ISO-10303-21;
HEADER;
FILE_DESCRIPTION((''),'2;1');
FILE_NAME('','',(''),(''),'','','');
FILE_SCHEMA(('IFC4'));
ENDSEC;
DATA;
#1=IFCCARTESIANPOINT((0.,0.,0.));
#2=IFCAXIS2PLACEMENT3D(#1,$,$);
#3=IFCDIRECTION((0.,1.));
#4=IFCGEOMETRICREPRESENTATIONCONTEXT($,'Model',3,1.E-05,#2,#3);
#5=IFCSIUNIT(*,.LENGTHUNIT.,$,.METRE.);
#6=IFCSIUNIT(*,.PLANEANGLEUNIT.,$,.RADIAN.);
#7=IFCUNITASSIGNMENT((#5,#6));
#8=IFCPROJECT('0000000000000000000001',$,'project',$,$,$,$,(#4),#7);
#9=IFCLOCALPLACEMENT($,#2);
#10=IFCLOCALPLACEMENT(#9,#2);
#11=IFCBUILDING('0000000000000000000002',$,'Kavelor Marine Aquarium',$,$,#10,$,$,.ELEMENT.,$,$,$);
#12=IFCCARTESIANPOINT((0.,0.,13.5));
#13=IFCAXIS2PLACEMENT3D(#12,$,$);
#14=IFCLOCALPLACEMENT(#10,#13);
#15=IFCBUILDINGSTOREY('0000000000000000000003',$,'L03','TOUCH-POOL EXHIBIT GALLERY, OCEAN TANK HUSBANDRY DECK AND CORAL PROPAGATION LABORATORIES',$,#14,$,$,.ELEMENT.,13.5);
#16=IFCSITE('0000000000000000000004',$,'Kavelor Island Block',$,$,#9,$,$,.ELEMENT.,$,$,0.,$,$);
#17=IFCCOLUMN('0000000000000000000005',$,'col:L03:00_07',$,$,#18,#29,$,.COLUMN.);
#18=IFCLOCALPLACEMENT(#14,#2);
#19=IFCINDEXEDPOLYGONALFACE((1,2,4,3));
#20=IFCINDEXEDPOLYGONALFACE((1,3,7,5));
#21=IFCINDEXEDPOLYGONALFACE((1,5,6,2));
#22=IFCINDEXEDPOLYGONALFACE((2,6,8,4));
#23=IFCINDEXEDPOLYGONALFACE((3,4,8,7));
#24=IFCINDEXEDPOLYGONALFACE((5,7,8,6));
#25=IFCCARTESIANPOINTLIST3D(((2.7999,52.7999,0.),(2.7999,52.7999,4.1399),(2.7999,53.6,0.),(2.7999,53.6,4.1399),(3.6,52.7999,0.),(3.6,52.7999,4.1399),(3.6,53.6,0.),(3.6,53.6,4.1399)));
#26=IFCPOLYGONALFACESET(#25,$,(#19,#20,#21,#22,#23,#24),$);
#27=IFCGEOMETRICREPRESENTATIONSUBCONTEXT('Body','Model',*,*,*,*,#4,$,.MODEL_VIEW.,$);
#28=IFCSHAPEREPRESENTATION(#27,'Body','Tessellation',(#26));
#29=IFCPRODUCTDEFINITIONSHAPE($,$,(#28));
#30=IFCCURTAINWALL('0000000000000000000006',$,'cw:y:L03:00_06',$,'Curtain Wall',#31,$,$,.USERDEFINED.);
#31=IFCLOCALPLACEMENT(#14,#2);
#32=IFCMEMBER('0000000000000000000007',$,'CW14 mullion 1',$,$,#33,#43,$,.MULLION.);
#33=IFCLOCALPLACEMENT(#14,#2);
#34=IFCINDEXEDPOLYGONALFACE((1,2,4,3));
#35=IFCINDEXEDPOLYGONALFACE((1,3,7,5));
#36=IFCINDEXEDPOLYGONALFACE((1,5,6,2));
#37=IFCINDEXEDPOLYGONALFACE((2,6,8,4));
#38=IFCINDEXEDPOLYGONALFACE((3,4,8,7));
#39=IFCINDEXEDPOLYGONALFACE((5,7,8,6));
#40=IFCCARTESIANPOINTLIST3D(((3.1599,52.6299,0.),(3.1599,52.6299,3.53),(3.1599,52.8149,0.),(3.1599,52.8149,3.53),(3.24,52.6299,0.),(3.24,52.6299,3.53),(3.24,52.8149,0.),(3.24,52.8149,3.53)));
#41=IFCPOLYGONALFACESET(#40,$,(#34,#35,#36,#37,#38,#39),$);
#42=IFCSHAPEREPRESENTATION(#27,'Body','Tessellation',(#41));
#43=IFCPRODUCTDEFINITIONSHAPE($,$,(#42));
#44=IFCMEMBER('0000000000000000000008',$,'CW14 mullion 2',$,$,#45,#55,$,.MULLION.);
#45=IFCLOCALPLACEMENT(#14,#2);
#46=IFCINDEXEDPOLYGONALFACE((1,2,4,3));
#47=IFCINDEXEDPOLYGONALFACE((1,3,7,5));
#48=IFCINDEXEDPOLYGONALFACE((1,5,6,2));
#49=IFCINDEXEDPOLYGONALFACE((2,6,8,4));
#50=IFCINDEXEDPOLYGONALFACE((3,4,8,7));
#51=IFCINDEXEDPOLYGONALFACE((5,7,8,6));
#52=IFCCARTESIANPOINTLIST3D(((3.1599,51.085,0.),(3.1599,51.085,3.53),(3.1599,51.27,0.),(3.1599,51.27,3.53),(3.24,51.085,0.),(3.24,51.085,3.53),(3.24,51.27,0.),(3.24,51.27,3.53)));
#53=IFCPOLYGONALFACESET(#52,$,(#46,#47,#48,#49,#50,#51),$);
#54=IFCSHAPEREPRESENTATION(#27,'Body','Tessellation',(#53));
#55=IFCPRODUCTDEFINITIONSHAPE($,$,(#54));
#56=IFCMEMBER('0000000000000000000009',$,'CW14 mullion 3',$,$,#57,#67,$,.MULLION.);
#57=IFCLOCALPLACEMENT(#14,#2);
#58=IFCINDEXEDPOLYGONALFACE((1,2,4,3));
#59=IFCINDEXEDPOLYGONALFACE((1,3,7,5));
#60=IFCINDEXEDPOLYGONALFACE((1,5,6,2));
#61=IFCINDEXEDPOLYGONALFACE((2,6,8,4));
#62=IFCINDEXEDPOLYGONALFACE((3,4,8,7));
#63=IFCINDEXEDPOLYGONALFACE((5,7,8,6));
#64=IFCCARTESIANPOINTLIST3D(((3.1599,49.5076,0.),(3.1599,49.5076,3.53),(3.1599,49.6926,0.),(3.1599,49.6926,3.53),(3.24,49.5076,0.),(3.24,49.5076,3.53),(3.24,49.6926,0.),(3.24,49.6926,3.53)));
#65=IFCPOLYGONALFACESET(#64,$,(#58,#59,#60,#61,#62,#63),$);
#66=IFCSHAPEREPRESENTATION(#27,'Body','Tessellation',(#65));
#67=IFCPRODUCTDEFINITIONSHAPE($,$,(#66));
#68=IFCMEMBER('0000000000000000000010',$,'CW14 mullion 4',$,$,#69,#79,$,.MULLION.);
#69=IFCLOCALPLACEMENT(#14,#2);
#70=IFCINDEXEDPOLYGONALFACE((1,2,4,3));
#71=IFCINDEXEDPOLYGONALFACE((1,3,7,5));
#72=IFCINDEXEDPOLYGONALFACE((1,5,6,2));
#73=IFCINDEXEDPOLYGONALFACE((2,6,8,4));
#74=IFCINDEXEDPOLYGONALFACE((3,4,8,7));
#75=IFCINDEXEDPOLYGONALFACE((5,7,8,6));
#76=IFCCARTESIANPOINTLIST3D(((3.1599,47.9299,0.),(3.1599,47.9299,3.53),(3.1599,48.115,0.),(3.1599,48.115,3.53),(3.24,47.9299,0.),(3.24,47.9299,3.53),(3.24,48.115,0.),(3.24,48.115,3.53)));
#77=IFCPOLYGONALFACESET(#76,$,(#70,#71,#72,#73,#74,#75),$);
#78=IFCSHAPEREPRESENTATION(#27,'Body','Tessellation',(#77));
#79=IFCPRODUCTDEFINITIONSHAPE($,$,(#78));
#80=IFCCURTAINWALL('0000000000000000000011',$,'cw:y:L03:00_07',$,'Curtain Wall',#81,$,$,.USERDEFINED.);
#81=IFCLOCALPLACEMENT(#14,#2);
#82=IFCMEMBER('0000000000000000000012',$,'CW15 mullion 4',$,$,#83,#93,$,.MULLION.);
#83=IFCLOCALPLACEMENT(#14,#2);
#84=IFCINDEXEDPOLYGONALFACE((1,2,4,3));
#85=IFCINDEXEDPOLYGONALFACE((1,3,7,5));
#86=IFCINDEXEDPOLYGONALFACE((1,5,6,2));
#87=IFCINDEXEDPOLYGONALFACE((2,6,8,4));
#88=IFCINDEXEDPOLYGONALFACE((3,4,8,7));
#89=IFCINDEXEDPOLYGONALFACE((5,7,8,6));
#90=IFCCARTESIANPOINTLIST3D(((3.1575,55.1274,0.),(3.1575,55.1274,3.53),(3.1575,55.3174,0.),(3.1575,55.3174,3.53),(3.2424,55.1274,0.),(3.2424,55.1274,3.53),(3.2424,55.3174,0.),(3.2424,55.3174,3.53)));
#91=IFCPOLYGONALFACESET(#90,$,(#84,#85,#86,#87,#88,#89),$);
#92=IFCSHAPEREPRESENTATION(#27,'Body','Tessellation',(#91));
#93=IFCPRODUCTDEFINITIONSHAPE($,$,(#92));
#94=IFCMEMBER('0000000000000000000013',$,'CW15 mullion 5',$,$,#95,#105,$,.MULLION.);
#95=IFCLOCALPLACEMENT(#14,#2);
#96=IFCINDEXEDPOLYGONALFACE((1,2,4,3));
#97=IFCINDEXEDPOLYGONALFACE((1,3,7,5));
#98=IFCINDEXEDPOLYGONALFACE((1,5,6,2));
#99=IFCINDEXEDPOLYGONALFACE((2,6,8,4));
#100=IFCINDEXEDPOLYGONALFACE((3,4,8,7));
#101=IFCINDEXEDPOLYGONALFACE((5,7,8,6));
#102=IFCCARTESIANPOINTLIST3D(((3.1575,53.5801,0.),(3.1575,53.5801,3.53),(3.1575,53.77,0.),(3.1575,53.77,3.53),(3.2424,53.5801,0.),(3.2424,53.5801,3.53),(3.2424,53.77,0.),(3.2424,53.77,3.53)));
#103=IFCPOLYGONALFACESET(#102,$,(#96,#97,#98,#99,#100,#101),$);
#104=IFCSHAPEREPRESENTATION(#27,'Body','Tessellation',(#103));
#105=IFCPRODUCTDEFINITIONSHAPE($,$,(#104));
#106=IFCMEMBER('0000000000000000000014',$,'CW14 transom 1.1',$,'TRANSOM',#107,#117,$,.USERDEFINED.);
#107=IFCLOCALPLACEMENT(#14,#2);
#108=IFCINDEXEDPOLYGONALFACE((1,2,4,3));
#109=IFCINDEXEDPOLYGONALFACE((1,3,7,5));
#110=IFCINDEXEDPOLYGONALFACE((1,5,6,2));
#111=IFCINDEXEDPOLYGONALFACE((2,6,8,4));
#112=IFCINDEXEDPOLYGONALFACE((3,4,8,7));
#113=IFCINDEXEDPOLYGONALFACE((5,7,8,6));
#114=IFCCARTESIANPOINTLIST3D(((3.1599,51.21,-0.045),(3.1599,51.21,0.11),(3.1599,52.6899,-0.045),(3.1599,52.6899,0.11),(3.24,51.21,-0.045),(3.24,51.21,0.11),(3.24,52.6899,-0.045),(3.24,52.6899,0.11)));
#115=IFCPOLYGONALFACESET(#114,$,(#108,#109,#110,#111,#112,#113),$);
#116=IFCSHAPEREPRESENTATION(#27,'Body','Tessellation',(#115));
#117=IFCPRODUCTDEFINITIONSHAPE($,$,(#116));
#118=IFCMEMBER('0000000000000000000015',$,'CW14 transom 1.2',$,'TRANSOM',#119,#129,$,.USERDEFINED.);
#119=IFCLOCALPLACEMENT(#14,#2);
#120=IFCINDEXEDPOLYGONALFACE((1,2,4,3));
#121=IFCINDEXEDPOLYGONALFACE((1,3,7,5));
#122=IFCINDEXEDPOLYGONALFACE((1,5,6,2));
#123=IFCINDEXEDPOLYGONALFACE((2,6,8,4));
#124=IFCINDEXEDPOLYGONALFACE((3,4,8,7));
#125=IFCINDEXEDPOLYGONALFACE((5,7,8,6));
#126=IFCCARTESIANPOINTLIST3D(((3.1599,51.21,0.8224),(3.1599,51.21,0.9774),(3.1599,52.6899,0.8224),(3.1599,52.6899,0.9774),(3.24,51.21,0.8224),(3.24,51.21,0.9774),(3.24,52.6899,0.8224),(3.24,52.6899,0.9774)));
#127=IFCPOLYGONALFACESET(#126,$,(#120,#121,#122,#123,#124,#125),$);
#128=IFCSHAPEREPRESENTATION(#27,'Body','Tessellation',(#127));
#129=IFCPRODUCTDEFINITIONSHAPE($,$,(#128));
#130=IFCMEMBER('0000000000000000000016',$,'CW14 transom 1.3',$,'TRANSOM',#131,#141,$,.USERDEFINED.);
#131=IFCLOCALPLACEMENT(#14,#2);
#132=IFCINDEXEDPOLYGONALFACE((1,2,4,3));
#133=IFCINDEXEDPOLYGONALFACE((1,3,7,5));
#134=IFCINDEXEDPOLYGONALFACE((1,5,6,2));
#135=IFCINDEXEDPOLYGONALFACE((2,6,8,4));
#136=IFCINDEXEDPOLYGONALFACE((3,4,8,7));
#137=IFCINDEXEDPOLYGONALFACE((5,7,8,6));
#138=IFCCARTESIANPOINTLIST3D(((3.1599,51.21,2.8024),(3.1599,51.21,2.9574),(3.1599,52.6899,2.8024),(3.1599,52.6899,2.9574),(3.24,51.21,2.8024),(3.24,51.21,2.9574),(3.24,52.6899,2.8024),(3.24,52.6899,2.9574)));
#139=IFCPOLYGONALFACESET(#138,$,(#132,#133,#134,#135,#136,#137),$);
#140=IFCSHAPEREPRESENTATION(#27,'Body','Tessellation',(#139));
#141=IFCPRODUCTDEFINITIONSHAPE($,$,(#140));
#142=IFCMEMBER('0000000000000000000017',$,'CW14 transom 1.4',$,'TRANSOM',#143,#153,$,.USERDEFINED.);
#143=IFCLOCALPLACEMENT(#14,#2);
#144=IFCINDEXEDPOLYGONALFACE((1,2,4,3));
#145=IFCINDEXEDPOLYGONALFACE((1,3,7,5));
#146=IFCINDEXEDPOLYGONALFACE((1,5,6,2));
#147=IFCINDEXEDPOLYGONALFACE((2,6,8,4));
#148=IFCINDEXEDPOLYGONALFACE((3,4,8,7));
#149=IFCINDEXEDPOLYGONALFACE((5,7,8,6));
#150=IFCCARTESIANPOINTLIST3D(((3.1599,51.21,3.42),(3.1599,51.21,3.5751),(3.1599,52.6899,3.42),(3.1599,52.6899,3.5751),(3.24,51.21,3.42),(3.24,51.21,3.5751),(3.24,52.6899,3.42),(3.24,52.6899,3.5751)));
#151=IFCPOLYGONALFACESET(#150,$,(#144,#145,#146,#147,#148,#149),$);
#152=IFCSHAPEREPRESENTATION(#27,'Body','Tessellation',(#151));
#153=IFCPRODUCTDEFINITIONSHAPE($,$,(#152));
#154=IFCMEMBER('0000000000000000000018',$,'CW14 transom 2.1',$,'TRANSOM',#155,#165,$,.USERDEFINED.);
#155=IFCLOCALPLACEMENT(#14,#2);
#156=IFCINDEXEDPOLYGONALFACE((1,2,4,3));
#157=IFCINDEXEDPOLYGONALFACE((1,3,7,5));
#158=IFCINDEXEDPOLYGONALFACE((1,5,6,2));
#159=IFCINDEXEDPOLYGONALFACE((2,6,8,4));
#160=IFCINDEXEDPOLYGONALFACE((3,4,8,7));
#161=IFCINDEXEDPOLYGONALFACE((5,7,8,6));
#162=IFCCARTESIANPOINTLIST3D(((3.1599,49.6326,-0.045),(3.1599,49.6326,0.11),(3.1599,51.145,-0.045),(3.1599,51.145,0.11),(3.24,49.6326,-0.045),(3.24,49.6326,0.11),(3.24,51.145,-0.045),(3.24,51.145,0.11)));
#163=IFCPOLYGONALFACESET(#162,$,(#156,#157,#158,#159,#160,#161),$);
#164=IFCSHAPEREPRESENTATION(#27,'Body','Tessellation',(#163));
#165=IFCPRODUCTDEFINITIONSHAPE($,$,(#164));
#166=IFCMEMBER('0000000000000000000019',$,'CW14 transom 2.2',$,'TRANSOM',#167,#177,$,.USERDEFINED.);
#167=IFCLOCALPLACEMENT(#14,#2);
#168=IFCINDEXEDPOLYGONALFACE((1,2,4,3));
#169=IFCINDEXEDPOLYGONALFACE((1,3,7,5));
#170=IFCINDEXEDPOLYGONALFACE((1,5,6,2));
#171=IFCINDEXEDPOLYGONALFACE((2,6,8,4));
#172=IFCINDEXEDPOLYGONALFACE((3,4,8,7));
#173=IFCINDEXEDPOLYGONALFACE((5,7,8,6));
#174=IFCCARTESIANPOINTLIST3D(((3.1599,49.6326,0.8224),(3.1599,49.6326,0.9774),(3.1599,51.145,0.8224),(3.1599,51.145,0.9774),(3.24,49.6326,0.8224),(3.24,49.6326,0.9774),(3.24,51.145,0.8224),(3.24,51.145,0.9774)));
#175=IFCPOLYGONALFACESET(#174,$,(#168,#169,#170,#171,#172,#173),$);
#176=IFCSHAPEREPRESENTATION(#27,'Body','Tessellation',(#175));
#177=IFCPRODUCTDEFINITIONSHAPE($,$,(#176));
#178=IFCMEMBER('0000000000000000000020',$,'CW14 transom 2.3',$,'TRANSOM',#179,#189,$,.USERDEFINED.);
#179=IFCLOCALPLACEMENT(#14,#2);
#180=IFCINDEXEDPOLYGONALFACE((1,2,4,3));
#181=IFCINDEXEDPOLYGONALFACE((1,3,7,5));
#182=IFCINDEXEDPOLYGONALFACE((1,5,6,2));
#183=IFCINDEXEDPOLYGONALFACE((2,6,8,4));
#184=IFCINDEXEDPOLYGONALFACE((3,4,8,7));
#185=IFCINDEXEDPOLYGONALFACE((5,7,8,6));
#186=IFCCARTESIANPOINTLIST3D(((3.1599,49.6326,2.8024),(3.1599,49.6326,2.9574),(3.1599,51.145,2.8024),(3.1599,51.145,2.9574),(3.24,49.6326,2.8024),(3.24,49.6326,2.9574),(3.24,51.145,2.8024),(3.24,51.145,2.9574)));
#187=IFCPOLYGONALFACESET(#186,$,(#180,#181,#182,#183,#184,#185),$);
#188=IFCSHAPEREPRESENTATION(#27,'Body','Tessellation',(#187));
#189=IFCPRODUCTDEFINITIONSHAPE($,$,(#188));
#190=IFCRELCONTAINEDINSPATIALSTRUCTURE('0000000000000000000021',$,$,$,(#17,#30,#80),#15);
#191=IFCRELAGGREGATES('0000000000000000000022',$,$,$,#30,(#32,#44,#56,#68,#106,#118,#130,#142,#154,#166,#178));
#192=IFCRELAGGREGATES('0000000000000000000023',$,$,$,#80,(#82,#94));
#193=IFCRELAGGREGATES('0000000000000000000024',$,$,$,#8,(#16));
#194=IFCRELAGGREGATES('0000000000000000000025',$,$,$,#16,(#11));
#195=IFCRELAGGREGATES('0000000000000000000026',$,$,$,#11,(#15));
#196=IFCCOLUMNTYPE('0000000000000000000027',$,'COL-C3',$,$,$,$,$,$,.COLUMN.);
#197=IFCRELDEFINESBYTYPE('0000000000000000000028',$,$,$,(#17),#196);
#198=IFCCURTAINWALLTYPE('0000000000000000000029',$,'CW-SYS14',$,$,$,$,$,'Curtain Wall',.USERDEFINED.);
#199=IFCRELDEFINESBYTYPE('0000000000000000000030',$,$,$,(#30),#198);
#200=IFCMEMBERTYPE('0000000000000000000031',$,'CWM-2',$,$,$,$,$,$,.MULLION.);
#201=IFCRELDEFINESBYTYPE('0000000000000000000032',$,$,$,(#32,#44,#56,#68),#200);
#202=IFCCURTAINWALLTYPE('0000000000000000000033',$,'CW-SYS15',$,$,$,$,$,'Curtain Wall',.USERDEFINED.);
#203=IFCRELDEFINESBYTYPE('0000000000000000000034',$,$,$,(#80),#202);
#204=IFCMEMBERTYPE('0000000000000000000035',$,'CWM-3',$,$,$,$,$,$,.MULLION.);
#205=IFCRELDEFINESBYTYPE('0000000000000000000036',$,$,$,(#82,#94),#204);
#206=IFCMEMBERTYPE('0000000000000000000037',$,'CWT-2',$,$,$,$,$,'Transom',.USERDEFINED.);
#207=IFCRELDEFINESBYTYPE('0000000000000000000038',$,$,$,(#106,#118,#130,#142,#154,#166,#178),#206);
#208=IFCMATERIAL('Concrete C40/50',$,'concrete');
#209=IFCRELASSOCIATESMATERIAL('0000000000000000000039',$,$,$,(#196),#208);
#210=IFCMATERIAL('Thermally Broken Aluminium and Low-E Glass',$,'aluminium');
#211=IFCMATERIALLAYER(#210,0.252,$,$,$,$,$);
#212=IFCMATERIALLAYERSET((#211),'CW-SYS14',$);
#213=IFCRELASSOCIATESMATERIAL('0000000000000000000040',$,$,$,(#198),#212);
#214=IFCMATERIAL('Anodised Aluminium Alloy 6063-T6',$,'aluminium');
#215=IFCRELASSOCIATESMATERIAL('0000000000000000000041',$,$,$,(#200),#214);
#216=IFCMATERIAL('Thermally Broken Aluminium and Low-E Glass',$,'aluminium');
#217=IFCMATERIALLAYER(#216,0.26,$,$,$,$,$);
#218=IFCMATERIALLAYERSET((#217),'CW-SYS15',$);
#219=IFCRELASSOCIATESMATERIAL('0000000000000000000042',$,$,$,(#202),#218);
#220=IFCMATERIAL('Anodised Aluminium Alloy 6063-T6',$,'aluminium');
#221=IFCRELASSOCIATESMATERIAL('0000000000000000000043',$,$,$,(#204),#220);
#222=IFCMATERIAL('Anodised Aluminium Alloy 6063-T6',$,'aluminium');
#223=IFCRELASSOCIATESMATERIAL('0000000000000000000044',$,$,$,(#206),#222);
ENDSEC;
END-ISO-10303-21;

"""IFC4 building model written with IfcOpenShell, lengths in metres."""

from ifc_helpers import new_model, si_unit, direction, frame, origin, origin_2d, place, context, subcontext, project, spatial, rectangle, extrude, material, layer, layer_set, material_profile, profile_set, type_object, element, aggregate, save


model = new_model("IFC4")

# Units and contexts
model_context = context("Model", 3, precision=1e-05, world=origin(), true_north=direction((0.0, 1.0)))
body_context = subcontext(model_context, "Body", "Model", "MODEL_VIEW")
ifc_project = project(units=[si_unit("LENGTHUNIT", "METRE"), si_unit("PLANEANGLEUNIT", "RADIAN")], contexts=[model_context])

# Site, building, storey
site_placement = place(None, origin())
site = spatial("IfcSite", under=ifc_project, at=site_placement, Name="Kavelor Island Block", CompositionType="ELEMENT", RefElevation=0.0)
building_placement = place(site_placement, origin())
building = spatial("IfcBuilding", under=site, at=building_placement, Name="Kavelor Marine Aquarium", CompositionType="ELEMENT")
storey_placement = place(building_placement, frame((0.0, 0.0, 13.5)))
storey = spatial("IfcBuildingStorey", under=building, at=storey_placement, Name="L03", Description="TOUCH-POOL EXHIBIT GALLERY, OCEAN TANK HUSBANDRY DECK AND CORAL PROPAGATION LABORATORIES", CompositionType="ELEMENT", Elevation=13.5)

# Column
ifc_material_1 = material(Name="Concrete C40/50", Category="concrete")
ifc_material_profile_1 = material_profile(ifc_material_1, rectangle(XDim=0.8, YDim=0.8, at=origin_2d()), Name="RC-COL 800x800")
ifc_profile_set_1 = profile_set([ifc_material_profile_1], Name="Concrete C40/50")
column_type = type_object("IfcColumnType", Name="COL-C3", PredefinedType="COLUMN", material=ifc_profile_set_1)
column_placement = place(storey_placement, frame((3.2, 53.2, 0.0), z_axis=(0.0, 0.0, 1.0), x_axis=(1.0, 0.0, 0.0)))
element("IfcColumn", 1, at=column_placement, inside=storey, type_object=column_type, Name="col:L03:00_07", PredefinedType="COLUMN", context=body_context, shape_type="SweptSolid", body=[
    extrude(rectangle(XDim=0.8, YDim=0.8, at=origin_2d()), origin(), (0.0, 0.0, 1.0), 4.1399),
])

# Curtain walls, members
ifc_material_2 = material(Name="Thermally Broken Aluminium and Low-E Glass", Category="aluminium")
ifc_layer_1 = layer(ifc_material_2, 0.252)
ifc_layer_set_1 = layer_set([ifc_layer_1], Name="CW-SYS14")
curtain_wall_type_1 = type_object("IfcCurtainWallType", Name="CW-SYS14", ElementType="Curtain Wall", PredefinedType="USERDEFINED", material=ifc_layer_set_1)
curtain_wall_1_placement = place(storey_placement, origin())
curtain_wall_1 = element("IfcCurtainWall", 2, at=curtain_wall_1_placement, inside=storey, type_object=curtain_wall_type_1, Name="cw:y:L03:00_06", ObjectType="Curtain Wall", PredefinedType="USERDEFINED")
ifc_material_3 = material(Name="Anodised Aluminium Alloy 6063-T6", Category="aluminium")
ifc_material_profile_2 = material_profile(ifc_material_3, rectangle(XDim=0.0801, YDim=0.1851, at=origin_2d()), Name="CW-MUL 80x185")
ifc_profile_set_2 = profile_set([ifc_material_profile_2], Name="Anodised Aluminium Alloy 6063-T6")
member_type_1 = type_object("IfcMemberType", Name="CWM-2", PredefinedType="MULLION", material=ifc_profile_set_2)
member_1_placement = place(storey_placement, frame((3.2, 52.7224, 0.0), z_axis=(0.0, 0.0, 1.0), x_axis=(1.0, 0.0, 0.0)))
member_1 = element("IfcMember", 3, at=member_1_placement, type_object=member_type_1, Name="CW14 mullion 1", PredefinedType="MULLION", context=body_context, shape_type="SweptSolid", body=[
    extrude(rectangle(XDim=0.0801, YDim=0.1851, at=origin_2d()), origin(), (0.0, 0.0, 1.0), 3.53),
])
member_2_placement = place(storey_placement, frame((3.2, 51.1775, 0.0), z_axis=(0.0, 0.0, 1.0), x_axis=(1.0, 0.0, 0.0)))
member_2 = element("IfcMember", 4, at=member_2_placement, type_object=member_type_1, Name="CW14 mullion 2", PredefinedType="MULLION", context=body_context, shape_type="SweptSolid", body=[
    extrude(rectangle(XDim=0.0801, YDim=0.1851, at=origin_2d()), origin(), (0.0, 0.0, 1.0), 3.53),
])
member_3_placement = place(storey_placement, frame((3.2, 49.6001, 0.0), z_axis=(0.0, 0.0, 1.0), x_axis=(1.0, 0.0, 0.0)))
member_3 = element("IfcMember", 5, at=member_3_placement, type_object=member_type_1, Name="CW14 mullion 3", PredefinedType="MULLION", context=body_context, shape_type="SweptSolid", body=[
    extrude(rectangle(XDim=0.0801, YDim=0.1851, at=origin_2d()), origin(), (0.0, 0.0, 1.0), 3.53),
])
member_4_placement = place(storey_placement, frame((3.2, 48.0225, 0.0), z_axis=(0.0, 0.0, 1.0), x_axis=(1.0, 0.0, 0.0)))
member_4 = element("IfcMember", 6, at=member_4_placement, type_object=member_type_1, Name="CW14 mullion 4", PredefinedType="MULLION", context=body_context, shape_type="SweptSolid", body=[
    extrude(rectangle(XDim=0.0801, YDim=0.1851, at=origin_2d()), origin(), (0.0, 0.0, 1.0), 3.53),
])
ifc_material_4 = material(Name="Thermally Broken Aluminium and Low-E Glass", Category="aluminium")
ifc_layer_2 = layer(ifc_material_4, 0.26)
ifc_layer_set_2 = layer_set([ifc_layer_2], Name="CW-SYS15")
curtain_wall_type_2 = type_object("IfcCurtainWallType", Name="CW-SYS15", ElementType="Curtain Wall", PredefinedType="USERDEFINED", material=ifc_layer_set_2)
curtain_wall_2_placement = place(storey_placement, origin())
curtain_wall_2 = element("IfcCurtainWall", 7, at=curtain_wall_2_placement, inside=storey, type_object=curtain_wall_type_2, Name="cw:y:L03:00_07", ObjectType="Curtain Wall", PredefinedType="USERDEFINED")
ifc_material_5 = material(Name="Anodised Aluminium Alloy 6063-T6", Category="aluminium")
ifc_material_profile_3 = material_profile(ifc_material_5, rectangle(XDim=0.085, YDim=0.1899, at=origin_2d()), Name="CW-MUL 85x190")
ifc_profile_set_3 = profile_set([ifc_material_profile_3], Name="Anodised Aluminium Alloy 6063-T6")
member_type_2 = type_object("IfcMemberType", Name="CWM-3", PredefinedType="MULLION", material=ifc_profile_set_3)
member_5_placement = place(storey_placement, frame((3.2, 55.2224, 0.0), z_axis=(0.0, 0.0, 1.0), x_axis=(1.0, 0.0, 0.0)))
member_5 = element("IfcMember", 8, at=member_5_placement, type_object=member_type_2, Name="CW15 mullion 4", PredefinedType="MULLION", context=body_context, shape_type="SweptSolid", body=[
    extrude(rectangle(XDim=0.085, YDim=0.1899, at=origin_2d()), origin(), (0.0, 0.0, 1.0), 3.53),
])
member_6_placement = place(storey_placement, frame((3.2, 53.675, 0.0), z_axis=(0.0, 0.0, 1.0), x_axis=(1.0, 0.0, 0.0)))
member_6 = element("IfcMember", 9, at=member_6_placement, type_object=member_type_2, Name="CW15 mullion 5", PredefinedType="MULLION", context=body_context, shape_type="SweptSolid", body=[
    extrude(rectangle(XDim=0.085, YDim=0.1899, at=origin_2d()), origin(), (0.0, 0.0, 1.0), 3.53),
])

# Members
ifc_material_6 = material(Name="Anodised Aluminium Alloy 6063-T6", Category="aluminium")
ifc_material_profile_4 = material_profile(ifc_material_6, rectangle(XDim=0.0801, YDim=0.155, at=origin_2d()), Name="CW-TRN 80x155")
ifc_profile_set_4 = profile_set([ifc_material_profile_4], Name="Anodised Aluminium Alloy 6063-T6")
member_type_3 = type_object("IfcMemberType", Name="CWT-2", ElementType="Transom", PredefinedType="USERDEFINED", material=ifc_profile_set_4)
member_7_placement = place(storey_placement, frame((3.2, 52.6899, 0.0325), z_axis=(0.0, -1.0, 0.0), x_axis=(1.0, 0.0, 0.0)))
member_7 = element("IfcMember", 10, at=member_7_placement, type_object=member_type_3, Name="CW14 transom 1.1", ObjectType="TRANSOM", PredefinedType="USERDEFINED", context=body_context, shape_type="SweptSolid", body=[
    extrude(rectangle(XDim=0.0801, YDim=0.155, at=origin_2d()), origin(), (0.0, 0.0, 1.0), 1.48),
])
member_8_placement = place(storey_placement, frame((3.2, 52.6899, 0.8999), z_axis=(0.0, -1.0, 0.0), x_axis=(1.0, 0.0, 0.0)))
member_8 = element("IfcMember", 11, at=member_8_placement, type_object=member_type_3, Name="CW14 transom 1.2", ObjectType="TRANSOM", PredefinedType="USERDEFINED", context=body_context, shape_type="SweptSolid", body=[
    extrude(rectangle(XDim=0.0801, YDim=0.155, at=origin_2d()), origin(), (0.0, 0.0, 1.0), 1.48),
])
member_9_placement = place(storey_placement, frame((3.2, 52.6899, 2.8799), z_axis=(0.0, -1.0, 0.0), x_axis=(1.0, 0.0, 0.0)))
member_9 = element("IfcMember", 12, at=member_9_placement, type_object=member_type_3, Name="CW14 transom 1.3", ObjectType="TRANSOM", PredefinedType="USERDEFINED", context=body_context, shape_type="SweptSolid", body=[
    extrude(rectangle(XDim=0.0801, YDim=0.155, at=origin_2d()), origin(), (0.0, 0.0, 1.0), 1.48),
])
member_10_placement = place(storey_placement, frame((3.2, 52.6899, 3.4976), z_axis=(0.0, -1.0, 0.0), x_axis=(1.0, 0.0, 0.0)))
member_10 = element("IfcMember", 13, at=member_10_placement, type_object=member_type_3, Name="CW14 transom 1.4", ObjectType="TRANSOM", PredefinedType="USERDEFINED", context=body_context, shape_type="SweptSolid", body=[
    extrude(rectangle(XDim=0.0801, YDim=0.155, at=origin_2d()), origin(), (0.0, 0.0, 1.0), 1.48),
])
member_11_placement = place(storey_placement, frame((3.2, 51.145, 0.0325), z_axis=(0.0, -1.0, 0.0), x_axis=(1.0, 0.0, 0.0)))
member_11 = element("IfcMember", 14, at=member_11_placement, type_object=member_type_3, Name="CW14 transom 2.1", ObjectType="TRANSOM", PredefinedType="USERDEFINED", context=body_context, shape_type="SweptSolid", body=[
    extrude(rectangle(XDim=0.0801, YDim=0.155, at=origin_2d()), origin(), (0.0, 0.0, 1.0), 1.5125),
])
member_12_placement = place(storey_placement, frame((3.2, 51.145, 0.8999), z_axis=(0.0, -1.0, 0.0), x_axis=(1.0, 0.0, 0.0)))
member_12 = element("IfcMember", 15, at=member_12_placement, type_object=member_type_3, Name="CW14 transom 2.2", ObjectType="TRANSOM", PredefinedType="USERDEFINED", context=body_context, shape_type="SweptSolid", body=[
    extrude(rectangle(XDim=0.0801, YDim=0.155, at=origin_2d()), origin(), (0.0, 0.0, 1.0), 1.5125),
])
member_13_placement = place(storey_placement, frame((3.2, 51.145, 2.8799), z_axis=(0.0, -1.0, 0.0), x_axis=(1.0, 0.0, 0.0)))
member_13 = element("IfcMember", 16, at=member_13_placement, type_object=member_type_3, Name="CW14 transom 2.3", ObjectType="TRANSOM", PredefinedType="USERDEFINED", context=body_context, shape_type="SweptSolid", body=[
    extrude(rectangle(XDim=0.0801, YDim=0.155, at=origin_2d()), origin(), (0.0, 0.0, 1.0), 1.5125),
])

aggregate(curtain_wall_1, [member_1, member_2, member_3, member_4, member_7, member_8, member_9, member_10, member_11, member_12, member_13])
aggregate(curtain_wall_2, [member_5, member_6])

save(model, "model.ifc")
